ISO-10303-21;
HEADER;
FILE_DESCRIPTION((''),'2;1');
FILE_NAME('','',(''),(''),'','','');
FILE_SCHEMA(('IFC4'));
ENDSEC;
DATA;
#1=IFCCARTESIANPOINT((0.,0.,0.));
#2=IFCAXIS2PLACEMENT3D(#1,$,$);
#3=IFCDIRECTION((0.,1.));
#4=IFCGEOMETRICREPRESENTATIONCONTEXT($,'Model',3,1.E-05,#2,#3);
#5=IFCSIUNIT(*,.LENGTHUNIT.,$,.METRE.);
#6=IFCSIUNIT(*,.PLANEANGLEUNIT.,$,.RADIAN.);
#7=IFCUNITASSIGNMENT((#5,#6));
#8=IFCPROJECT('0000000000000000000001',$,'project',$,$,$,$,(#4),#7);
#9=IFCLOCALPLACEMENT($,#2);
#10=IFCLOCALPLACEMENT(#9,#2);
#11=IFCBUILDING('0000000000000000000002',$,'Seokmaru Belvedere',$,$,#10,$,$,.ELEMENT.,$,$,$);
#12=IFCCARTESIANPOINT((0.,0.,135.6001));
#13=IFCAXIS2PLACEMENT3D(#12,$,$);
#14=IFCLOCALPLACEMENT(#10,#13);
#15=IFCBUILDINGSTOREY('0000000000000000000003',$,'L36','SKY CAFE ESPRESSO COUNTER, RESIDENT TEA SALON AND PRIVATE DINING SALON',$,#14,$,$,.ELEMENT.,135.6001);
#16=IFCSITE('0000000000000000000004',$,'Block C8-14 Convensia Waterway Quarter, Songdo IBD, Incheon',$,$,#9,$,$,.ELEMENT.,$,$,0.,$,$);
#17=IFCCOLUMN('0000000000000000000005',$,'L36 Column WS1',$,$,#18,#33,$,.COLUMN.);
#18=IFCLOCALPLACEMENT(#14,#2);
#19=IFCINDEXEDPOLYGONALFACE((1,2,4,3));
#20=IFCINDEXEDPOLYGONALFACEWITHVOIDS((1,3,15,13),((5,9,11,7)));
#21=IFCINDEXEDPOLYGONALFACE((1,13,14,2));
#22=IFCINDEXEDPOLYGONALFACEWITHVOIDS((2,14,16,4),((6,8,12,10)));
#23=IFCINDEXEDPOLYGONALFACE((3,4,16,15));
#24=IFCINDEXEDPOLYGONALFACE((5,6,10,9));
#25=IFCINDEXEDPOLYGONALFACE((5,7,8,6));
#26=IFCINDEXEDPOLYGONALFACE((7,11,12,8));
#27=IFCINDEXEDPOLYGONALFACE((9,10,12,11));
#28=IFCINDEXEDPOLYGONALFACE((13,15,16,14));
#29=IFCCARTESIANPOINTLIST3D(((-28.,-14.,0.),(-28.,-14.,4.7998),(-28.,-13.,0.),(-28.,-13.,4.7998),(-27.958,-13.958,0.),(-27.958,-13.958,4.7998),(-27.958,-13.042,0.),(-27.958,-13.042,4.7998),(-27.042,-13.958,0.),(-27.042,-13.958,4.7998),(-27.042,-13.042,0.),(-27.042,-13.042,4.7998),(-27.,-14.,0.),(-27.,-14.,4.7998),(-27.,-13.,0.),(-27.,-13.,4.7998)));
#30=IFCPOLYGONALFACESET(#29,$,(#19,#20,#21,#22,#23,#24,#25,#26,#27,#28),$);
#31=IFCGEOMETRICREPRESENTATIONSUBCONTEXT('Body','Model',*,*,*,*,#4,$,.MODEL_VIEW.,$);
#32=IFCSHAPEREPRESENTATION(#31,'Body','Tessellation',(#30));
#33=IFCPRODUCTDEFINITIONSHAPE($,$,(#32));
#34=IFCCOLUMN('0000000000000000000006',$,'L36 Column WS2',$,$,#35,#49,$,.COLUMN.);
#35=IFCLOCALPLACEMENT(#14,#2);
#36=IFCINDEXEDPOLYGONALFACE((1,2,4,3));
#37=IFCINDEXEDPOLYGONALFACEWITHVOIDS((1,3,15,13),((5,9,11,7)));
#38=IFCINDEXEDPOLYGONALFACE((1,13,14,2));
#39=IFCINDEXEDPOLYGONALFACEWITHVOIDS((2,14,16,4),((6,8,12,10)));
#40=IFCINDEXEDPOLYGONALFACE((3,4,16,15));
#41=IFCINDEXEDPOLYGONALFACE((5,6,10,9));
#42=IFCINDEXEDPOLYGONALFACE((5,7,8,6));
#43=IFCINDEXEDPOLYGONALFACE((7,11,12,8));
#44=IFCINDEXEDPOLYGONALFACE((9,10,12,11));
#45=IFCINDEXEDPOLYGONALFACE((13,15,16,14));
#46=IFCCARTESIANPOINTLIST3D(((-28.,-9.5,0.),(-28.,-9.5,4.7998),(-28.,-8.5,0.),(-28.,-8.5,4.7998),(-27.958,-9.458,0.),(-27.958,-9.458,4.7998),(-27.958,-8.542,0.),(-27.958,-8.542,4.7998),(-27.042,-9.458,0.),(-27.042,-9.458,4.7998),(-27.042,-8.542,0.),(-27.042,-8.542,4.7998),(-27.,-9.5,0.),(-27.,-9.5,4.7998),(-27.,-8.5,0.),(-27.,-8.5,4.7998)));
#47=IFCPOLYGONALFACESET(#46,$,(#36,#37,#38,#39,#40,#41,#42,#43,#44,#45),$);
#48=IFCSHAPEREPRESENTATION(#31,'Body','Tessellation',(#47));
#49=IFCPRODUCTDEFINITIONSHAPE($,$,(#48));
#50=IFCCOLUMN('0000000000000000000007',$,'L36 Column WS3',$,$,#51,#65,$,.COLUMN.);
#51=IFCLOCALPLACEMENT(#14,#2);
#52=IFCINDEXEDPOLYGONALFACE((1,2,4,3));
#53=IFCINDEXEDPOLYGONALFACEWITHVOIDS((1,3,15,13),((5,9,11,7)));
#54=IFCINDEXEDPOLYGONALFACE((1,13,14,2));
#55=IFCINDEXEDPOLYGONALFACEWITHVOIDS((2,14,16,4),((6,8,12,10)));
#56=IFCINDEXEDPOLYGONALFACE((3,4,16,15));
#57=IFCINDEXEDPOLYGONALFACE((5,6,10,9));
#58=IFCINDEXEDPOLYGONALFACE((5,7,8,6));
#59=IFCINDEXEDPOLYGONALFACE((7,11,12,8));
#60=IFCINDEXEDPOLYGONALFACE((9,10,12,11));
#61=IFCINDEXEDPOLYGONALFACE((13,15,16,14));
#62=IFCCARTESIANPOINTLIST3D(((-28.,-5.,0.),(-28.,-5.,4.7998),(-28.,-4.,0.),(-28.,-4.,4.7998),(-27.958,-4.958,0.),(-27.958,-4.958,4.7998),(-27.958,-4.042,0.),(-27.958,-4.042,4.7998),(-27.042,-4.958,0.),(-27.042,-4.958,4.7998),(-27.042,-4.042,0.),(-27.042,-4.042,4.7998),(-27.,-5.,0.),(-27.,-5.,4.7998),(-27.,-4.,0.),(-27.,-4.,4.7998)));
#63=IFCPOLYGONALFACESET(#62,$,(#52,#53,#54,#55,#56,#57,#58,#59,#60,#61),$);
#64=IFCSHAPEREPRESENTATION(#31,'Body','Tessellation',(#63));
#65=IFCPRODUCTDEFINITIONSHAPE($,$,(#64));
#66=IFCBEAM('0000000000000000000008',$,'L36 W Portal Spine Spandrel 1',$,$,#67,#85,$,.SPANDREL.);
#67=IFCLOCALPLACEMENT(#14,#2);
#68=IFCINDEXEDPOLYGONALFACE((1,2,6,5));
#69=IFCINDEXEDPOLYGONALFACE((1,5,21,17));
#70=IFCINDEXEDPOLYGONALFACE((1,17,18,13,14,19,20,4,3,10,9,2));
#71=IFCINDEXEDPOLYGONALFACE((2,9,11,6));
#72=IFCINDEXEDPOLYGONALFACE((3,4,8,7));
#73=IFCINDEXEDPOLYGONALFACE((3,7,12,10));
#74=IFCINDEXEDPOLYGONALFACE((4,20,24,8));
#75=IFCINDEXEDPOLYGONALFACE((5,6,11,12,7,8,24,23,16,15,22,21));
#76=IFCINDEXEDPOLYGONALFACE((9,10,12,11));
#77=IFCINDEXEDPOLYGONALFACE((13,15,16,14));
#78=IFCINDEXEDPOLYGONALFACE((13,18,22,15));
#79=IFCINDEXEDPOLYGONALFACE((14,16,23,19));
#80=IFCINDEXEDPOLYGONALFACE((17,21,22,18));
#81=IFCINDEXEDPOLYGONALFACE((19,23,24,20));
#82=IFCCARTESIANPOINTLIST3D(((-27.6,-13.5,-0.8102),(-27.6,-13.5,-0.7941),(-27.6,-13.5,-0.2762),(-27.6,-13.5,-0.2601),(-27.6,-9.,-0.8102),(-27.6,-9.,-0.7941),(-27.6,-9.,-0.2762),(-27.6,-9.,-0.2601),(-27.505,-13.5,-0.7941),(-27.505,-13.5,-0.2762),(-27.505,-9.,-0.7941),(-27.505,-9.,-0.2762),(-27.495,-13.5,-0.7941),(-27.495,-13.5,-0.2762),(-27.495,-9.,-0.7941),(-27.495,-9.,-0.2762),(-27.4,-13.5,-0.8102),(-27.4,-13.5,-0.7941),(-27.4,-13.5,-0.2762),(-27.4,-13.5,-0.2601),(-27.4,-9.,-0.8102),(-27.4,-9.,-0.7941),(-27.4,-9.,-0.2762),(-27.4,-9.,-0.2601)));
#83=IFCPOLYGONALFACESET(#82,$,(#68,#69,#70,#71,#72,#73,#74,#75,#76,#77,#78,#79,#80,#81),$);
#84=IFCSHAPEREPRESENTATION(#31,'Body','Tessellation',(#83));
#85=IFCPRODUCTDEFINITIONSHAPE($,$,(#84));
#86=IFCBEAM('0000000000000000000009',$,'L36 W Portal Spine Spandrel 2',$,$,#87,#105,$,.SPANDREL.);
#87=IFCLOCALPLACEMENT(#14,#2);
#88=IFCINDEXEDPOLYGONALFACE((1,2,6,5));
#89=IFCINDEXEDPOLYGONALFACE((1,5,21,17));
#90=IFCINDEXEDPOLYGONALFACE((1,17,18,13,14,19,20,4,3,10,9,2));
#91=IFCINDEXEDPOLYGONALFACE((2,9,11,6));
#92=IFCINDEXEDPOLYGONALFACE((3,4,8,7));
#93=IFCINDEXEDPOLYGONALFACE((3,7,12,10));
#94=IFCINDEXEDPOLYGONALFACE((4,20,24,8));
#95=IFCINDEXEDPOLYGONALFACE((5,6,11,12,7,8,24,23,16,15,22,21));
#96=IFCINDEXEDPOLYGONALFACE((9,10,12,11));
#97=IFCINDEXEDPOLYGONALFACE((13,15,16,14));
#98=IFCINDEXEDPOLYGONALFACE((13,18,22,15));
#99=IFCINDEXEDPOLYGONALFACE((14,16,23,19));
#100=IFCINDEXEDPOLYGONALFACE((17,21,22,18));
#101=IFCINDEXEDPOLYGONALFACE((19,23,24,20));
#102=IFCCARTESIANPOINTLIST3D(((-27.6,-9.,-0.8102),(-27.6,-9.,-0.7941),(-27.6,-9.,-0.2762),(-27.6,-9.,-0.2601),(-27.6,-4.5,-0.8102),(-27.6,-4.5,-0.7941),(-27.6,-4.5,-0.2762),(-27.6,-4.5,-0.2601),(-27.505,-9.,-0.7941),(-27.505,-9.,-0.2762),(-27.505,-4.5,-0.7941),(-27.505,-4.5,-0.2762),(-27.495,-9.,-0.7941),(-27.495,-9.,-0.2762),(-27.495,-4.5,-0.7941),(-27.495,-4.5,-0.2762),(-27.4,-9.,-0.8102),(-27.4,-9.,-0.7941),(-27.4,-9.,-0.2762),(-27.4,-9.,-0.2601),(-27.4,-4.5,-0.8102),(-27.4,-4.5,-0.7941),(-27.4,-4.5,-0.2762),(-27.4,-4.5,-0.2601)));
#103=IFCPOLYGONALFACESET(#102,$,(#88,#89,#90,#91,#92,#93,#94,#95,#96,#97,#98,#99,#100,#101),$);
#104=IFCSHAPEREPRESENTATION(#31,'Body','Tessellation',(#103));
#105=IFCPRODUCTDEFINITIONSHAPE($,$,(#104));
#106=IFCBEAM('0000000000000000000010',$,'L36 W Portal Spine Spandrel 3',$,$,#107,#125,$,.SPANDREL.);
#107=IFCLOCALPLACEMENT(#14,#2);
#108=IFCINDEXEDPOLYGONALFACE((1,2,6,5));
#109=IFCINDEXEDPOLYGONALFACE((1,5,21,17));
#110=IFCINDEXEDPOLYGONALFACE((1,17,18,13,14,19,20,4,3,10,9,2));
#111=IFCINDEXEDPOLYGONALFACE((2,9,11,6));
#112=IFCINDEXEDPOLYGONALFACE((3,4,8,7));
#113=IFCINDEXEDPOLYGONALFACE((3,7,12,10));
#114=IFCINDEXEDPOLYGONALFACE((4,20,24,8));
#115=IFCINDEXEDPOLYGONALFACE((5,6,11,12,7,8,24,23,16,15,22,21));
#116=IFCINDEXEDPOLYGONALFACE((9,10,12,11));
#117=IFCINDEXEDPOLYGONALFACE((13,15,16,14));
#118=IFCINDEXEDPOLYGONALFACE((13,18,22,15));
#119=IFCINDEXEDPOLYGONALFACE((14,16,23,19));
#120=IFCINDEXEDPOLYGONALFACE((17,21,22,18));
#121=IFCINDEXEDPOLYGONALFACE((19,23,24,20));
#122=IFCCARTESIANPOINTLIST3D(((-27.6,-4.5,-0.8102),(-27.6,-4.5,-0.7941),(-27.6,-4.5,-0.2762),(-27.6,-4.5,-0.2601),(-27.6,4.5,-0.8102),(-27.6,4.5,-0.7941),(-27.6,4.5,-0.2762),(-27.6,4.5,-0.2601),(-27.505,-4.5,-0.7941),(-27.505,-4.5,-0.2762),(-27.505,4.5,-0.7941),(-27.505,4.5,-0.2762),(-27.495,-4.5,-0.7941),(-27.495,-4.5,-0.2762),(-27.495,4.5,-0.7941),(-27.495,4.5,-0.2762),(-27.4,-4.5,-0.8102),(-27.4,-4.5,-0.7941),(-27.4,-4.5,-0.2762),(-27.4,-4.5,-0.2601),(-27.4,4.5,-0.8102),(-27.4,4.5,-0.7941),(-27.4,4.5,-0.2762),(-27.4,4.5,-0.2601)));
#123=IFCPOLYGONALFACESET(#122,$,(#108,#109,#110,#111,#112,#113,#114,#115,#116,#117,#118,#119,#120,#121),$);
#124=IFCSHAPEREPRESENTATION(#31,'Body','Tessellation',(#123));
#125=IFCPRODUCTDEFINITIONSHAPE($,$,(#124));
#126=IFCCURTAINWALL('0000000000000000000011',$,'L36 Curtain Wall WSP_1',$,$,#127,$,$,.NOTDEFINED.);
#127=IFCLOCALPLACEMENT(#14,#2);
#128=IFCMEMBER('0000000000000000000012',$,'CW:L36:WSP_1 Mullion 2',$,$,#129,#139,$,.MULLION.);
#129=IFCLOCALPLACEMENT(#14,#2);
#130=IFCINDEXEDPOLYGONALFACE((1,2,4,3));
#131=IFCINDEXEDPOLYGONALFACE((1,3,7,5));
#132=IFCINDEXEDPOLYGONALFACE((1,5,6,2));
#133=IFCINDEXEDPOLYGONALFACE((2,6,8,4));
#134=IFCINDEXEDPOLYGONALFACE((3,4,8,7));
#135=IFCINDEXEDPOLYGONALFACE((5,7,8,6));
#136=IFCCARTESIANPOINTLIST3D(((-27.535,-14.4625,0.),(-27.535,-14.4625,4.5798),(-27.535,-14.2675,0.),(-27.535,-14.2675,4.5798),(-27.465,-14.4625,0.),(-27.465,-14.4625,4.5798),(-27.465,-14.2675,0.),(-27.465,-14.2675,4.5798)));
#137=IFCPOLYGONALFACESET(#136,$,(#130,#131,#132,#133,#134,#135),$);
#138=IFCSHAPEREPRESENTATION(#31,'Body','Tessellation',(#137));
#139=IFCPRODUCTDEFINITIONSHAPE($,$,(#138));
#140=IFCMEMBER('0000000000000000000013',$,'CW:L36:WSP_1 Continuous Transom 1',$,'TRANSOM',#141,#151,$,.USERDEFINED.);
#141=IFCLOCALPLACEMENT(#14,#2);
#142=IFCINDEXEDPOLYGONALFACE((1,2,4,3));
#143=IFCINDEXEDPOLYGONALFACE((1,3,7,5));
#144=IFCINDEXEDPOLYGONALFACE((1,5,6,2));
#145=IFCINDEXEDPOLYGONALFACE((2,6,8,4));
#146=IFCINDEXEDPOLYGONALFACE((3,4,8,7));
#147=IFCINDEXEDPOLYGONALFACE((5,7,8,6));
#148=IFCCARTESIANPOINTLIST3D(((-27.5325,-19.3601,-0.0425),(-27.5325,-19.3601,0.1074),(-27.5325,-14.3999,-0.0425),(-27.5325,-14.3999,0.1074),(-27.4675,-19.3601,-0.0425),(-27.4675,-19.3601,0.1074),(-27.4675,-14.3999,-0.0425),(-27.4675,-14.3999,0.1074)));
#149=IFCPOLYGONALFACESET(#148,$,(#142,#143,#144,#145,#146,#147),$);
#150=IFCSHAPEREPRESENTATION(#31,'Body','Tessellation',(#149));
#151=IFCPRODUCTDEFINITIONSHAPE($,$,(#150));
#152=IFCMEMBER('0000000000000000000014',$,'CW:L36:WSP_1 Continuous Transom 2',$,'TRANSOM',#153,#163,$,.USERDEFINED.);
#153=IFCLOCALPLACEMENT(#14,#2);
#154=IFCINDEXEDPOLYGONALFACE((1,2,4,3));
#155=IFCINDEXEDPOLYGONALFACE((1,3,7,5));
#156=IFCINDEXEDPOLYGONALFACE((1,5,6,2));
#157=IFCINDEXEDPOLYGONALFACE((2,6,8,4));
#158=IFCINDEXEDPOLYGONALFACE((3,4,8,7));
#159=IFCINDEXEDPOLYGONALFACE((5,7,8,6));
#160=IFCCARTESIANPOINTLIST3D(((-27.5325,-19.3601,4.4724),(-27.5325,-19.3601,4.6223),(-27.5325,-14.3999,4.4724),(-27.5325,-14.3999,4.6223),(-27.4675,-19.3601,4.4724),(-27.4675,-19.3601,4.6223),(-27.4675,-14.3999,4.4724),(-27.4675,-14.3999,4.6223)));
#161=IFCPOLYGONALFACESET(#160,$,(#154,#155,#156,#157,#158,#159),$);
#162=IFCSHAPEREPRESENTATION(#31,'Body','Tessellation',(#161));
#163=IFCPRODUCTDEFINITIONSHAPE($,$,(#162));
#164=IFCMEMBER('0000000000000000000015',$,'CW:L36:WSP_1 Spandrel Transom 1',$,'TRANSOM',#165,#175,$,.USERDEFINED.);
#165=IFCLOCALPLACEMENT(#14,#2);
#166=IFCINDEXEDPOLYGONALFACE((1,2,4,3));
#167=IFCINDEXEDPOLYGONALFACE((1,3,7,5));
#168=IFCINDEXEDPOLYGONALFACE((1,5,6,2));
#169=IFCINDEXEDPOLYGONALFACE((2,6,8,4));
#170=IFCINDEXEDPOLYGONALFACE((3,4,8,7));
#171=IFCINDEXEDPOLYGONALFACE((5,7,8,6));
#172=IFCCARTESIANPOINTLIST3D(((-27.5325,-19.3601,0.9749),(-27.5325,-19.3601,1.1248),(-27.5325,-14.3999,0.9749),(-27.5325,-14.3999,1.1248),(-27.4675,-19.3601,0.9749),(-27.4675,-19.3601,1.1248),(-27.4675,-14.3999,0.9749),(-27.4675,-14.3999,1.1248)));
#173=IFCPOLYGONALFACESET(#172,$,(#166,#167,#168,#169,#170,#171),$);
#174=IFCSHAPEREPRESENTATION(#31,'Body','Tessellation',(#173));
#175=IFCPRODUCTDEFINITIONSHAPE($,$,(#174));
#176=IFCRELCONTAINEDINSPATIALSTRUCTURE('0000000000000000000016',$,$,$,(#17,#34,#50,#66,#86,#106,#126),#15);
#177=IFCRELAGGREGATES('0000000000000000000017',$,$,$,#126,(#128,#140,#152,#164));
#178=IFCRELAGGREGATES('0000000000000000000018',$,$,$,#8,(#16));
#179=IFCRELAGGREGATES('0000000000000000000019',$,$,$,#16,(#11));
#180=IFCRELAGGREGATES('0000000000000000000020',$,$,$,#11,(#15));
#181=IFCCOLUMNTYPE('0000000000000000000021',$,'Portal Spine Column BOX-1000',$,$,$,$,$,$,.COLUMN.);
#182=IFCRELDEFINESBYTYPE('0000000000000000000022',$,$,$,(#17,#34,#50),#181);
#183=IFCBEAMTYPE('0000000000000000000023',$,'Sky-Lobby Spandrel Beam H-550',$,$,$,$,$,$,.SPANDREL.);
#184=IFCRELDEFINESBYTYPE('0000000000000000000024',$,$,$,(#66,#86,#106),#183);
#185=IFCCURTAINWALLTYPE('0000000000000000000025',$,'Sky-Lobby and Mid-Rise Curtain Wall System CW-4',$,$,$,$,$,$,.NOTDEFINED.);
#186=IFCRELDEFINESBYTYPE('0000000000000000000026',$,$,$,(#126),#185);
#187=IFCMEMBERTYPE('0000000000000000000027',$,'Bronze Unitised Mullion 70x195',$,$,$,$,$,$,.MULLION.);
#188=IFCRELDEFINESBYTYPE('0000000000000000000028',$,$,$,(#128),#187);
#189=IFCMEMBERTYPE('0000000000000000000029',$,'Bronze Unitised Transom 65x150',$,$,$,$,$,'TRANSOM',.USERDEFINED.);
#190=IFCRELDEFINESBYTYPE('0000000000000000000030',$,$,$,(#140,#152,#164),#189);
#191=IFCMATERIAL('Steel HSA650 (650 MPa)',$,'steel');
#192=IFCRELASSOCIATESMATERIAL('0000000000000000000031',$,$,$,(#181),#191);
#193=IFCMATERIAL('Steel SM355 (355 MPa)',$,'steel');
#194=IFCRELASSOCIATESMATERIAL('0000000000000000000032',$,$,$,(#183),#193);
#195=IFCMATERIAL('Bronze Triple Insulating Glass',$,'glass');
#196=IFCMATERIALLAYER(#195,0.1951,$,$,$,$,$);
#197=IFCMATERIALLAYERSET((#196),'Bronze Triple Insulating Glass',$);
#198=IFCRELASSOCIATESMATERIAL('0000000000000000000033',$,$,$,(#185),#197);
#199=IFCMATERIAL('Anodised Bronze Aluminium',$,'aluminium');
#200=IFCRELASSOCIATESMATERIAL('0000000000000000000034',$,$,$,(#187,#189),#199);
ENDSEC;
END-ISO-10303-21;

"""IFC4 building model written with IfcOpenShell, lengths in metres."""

from ifc_helpers import new_model, si_unit, direction, frame, origin, origin_2d, place, context, subcontext, project, spatial, rectangle, hollow_rectangle, i_section, extrude, source, transform, mapped, material, layer, layer_set, material_profile, profile_set, type_object, type_shapes, element, aggregate, save


model = new_model("IFC4")

# Units and contexts
model_context = context("Model", 3, precision=1e-05, world=origin(), true_north=direction((0.0, 1.0)))
body_context = subcontext(model_context, "Body", "Model", "MODEL_VIEW")
ifc_project = project(units=[si_unit("LENGTHUNIT", "METRE"), si_unit("PLANEANGLEUNIT", "RADIAN")], contexts=[model_context])

# Site, building, storey
site_placement = place(None, origin())
site = spatial("IfcSite", under=ifc_project, at=site_placement, Name="Block C8-14 Convensia Waterway Quarter, Songdo IBD, Incheon", CompositionType="ELEMENT", RefElevation=0.0)
building_placement = place(site_placement, origin())
building = spatial("IfcBuilding", under=site, at=building_placement, Name="Seokmaru Belvedere", CompositionType="ELEMENT")
storey_placement = place(building_placement, frame((0.0, 0.0, 135.6001)))
storey = spatial("IfcBuildingStorey", under=building, at=storey_placement, Name="L36", Description="SKY CAFE ESPRESSO COUNTER, RESIDENT TEA SALON AND PRIVATE DINING SALON", CompositionType="ELEMENT", Elevation=135.6001)

# Columns
ifc_material_1 = material(Name="Steel HSA650 (650 MPa)", Category="steel")
ifc_material_profile_1 = material_profile(ifc_material_1, hollow_rectangle(XDim=1.0, YDim=1.0, WallThickness=0.042, at=origin_2d()), Name="BOX-1000x1000x42")
ifc_profile_set_1 = profile_set([ifc_material_profile_1], Name="Steel HSA650 (650 MPa)")
column_type = type_object("IfcColumnType", Name="Portal Spine Column BOX-1000", PredefinedType="COLUMN", material=ifc_profile_set_1)
shared_shape_1 = source(origin(), body_context, "Body", "SweptSolid", [
    extrude(hollow_rectangle(XDim=1.0, YDim=1.0, WallThickness=0.042, at=origin_2d()), origin(), (0.0, 0.0, 1.0), 4.7998),
])
type_shapes(column_type, [shared_shape_1])
for number, where, z_axis, x_axis, name in (
    (1, (-27.5, -13.5, 0.0), (0.0, 0.0, 1.0), (1.0, 0.0, 0.0), "L36 Column WS1"),
    (2, (-27.5, -9.0, 0.0), (0.0, 0.0, 1.0), (1.0, 0.0, 0.0), "L36 Column WS2"),
    (3, (-27.5, -4.5, 0.0), (0.0, 0.0, 1.0), (1.0, 0.0, 0.0), "L36 Column WS3"),
):
    element("IfcColumn", number, at=place(storey_placement, frame(where, z_axis=z_axis, x_axis=x_axis)), inside=storey, type_object=column_type, Name=name, PredefinedType="COLUMN", context=body_context, shape_type="MappedRepresentation", body=[
        mapped(shared_shape_1, transform((0.0, 0.0, 0.0), scale=1.0)),
    ])

# Beams
ifc_material_2 = material(Name="Steel SM355 (355 MPa)", Category="steel")
ifc_material_profile_2 = material_profile(ifc_material_2, i_section(OverallWidth=0.2, OverallDepth=0.55, WebThickness=0.01, FlangeThickness=0.0161, at=origin_2d()), Name="H-550x200x10x16")
ifc_profile_set_2 = profile_set([ifc_material_profile_2], Name="Steel SM355 (355 MPa)")
beam_type = type_object("IfcBeamType", Name="Sky-Lobby Spandrel Beam H-550", PredefinedType="SPANDREL", material=ifc_profile_set_2)
shared_shape_2 = source(origin(), body_context, "Body", "SweptSolid", [
    extrude(i_section(OverallWidth=0.2, OverallDepth=0.55, WebThickness=0.01, FlangeThickness=0.0161, at=origin_2d()), origin(), (0.0, 0.0, 1.0), 4.5),
])
for number, where, z_axis, x_axis, name in (
    (4, (-27.5, -13.5, -0.5352), (0.0, 1.0, 0.0), (-1.0, 0.0, 0.0), "L36 W Portal Spine Spandrel 1"),
    (5, (-27.5, -9.0, -0.5352), (0.0, 1.0, 0.0), (-1.0, 0.0, 0.0), "L36 W Portal Spine Spandrel 2"),
):
    element("IfcBeam", number, at=place(storey_placement, frame(where, z_axis=z_axis, x_axis=x_axis)), inside=storey, type_object=beam_type, Name=name, PredefinedType="SPANDREL", context=body_context, shape_type="MappedRepresentation", body=[
        mapped(shared_shape_2, transform((0.0, 0.0, 0.0), scale=1.0)),
    ])
shared_shape_3 = source(origin(), body_context, "Body", "SweptSolid", [
    extrude(i_section(OverallWidth=0.2, OverallDepth=0.55, WebThickness=0.01, FlangeThickness=0.0161, at=origin_2d()), origin(), (0.0, 0.0, 1.0), 9.0),
])
type_shapes(beam_type, [shared_shape_2, shared_shape_3])
beam_placement = place(storey_placement, frame((-27.5, -4.5, -0.5352), z_axis=(0.0, 1.0, 0.0), x_axis=(-1.0, 0.0, 0.0)))
element("IfcBeam", 6, at=beam_placement, inside=storey, type_object=beam_type, Name="L36 W Portal Spine Spandrel 3", PredefinedType="SPANDREL", context=body_context, shape_type="MappedRepresentation", body=[
    mapped(shared_shape_3, transform((0.0, 0.0, 0.0), scale=1.0)),
])

# Curtain wall, members
ifc_material_3 = material(Name="Bronze Triple Insulating Glass", Category="glass")
ifc_layer_1 = layer(ifc_material_3, 0.1951)
ifc_layer_set_1 = layer_set([ifc_layer_1], Name="Bronze Triple Insulating Glass")
curtain_wall_type = type_object("IfcCurtainWallType", Name="Sky-Lobby and Mid-Rise Curtain Wall System CW-4", PredefinedType="NOTDEFINED", material=ifc_layer_set_1)
curtain_wall_placement = place(storey_placement, origin())
curtain_wall = element("IfcCurtainWall", 7, at=curtain_wall_placement, inside=storey, type_object=curtain_wall_type, Name="L36 Curtain Wall WSP_1", PredefinedType="NOTDEFINED")
ifc_material_4 = material(Name="Anodised Bronze Aluminium", Category="aluminium")
ifc_material_profile_3 = material_profile(ifc_material_4, rectangle(XDim=0.0701, YDim=0.1951, at=origin_2d()), Name="CW-M-70x195")
ifc_profile_set_3 = profile_set([ifc_material_profile_3], Name="Anodised Bronze Aluminium")
member_type_1 = type_object("IfcMemberType", Name="Bronze Unitised Mullion 70x195", PredefinedType="MULLION", material=ifc_profile_set_3)
shared_shape_4 = source(origin(), body_context, "Body", "SweptSolid", [
    extrude(rectangle(XDim=0.0701, YDim=0.1951, at=origin_2d()), origin(), (0.0, 0.0, 1.0), 4.5798),
])
type_shapes(member_type_1, [shared_shape_4])
member_1_placement = place(storey_placement, frame((-27.5, -14.365, 0.0), z_axis=(0.0, 0.0, 1.0), x_axis=(-1.0, 0.0, 0.0)))
member_1 = element("IfcMember", 8, at=member_1_placement, type_object=member_type_1, Name="CW:L36:WSP_1 Mullion 2", PredefinedType="MULLION", context=body_context, shape_type="MappedRepresentation", body=[
    mapped(shared_shape_4, transform((0.0, 0.0, 0.0), scale=1.0)),
])
ifc_material_profile_4 = material_profile(ifc_material_4, rectangle(XDim=0.0649, YDim=0.1499, at=origin_2d()), Name="CW-T-65x150")
ifc_profile_set_4 = profile_set([ifc_material_profile_4], Name="Anodised Bronze Aluminium")
member_type_2 = type_object("IfcMemberType", Name="Bronze Unitised Transom 65x150", ElementType="TRANSOM", PredefinedType="USERDEFINED", material=ifc_profile_set_4)
shared_shape_5 = source(origin(), body_context, "Body", "SweptSolid", [
    extrude(rectangle(XDim=0.0649, YDim=0.1499, at=origin_2d()), origin(), (0.0, 0.0, 1.0), 4.9602),
])
type_shapes(member_type_2, [shared_shape_5])
member_2_placement = place(storey_placement, frame((-27.5, -19.3601, 0.0325), z_axis=(0.0, 1.0, 0.0), x_axis=(-1.0, 0.0, 0.0)))
member_2 = element("IfcMember", 9, at=member_2_placement, type_object=member_type_2, Name="CW:L36:WSP_1 Continuous Transom 1", ObjectType="TRANSOM", PredefinedType="USERDEFINED", context=body_context, shape_type="MappedRepresentation", body=[
    mapped(shared_shape_5, transform((0.0, 0.0, 0.0), scale=1.0)),
])
member_3_placement = place(storey_placement, frame((-27.5, -19.3601, 4.5474), z_axis=(0.0, 1.0, 0.0), x_axis=(-1.0, 0.0, 0.0)))
member_3 = element("IfcMember", 10, at=member_3_placement, type_object=member_type_2, Name="CW:L36:WSP_1 Continuous Transom 2", ObjectType="TRANSOM", PredefinedType="USERDEFINED", context=body_context, shape_type="MappedRepresentation", body=[
    mapped(shared_shape_5, transform((0.0, 0.0, 0.0), scale=1.0)),
])
member_4_placement = place(storey_placement, frame((-27.5, -19.3601, 1.0498), z_axis=(0.0, 1.0, 0.0), x_axis=(-1.0, 0.0, 0.0)))
member_4 = element("IfcMember", 11, at=member_4_placement, type_object=member_type_2, Name="CW:L36:WSP_1 Spandrel Transom 1", ObjectType="TRANSOM", PredefinedType="USERDEFINED", context=body_context, shape_type="MappedRepresentation", body=[
    mapped(shared_shape_5, transform((0.0, 0.0, 0.0), scale=1.0)),
])

aggregate(curtain_wall, [member_1, member_2, member_3, member_4])

save(model, "model.ifc")
